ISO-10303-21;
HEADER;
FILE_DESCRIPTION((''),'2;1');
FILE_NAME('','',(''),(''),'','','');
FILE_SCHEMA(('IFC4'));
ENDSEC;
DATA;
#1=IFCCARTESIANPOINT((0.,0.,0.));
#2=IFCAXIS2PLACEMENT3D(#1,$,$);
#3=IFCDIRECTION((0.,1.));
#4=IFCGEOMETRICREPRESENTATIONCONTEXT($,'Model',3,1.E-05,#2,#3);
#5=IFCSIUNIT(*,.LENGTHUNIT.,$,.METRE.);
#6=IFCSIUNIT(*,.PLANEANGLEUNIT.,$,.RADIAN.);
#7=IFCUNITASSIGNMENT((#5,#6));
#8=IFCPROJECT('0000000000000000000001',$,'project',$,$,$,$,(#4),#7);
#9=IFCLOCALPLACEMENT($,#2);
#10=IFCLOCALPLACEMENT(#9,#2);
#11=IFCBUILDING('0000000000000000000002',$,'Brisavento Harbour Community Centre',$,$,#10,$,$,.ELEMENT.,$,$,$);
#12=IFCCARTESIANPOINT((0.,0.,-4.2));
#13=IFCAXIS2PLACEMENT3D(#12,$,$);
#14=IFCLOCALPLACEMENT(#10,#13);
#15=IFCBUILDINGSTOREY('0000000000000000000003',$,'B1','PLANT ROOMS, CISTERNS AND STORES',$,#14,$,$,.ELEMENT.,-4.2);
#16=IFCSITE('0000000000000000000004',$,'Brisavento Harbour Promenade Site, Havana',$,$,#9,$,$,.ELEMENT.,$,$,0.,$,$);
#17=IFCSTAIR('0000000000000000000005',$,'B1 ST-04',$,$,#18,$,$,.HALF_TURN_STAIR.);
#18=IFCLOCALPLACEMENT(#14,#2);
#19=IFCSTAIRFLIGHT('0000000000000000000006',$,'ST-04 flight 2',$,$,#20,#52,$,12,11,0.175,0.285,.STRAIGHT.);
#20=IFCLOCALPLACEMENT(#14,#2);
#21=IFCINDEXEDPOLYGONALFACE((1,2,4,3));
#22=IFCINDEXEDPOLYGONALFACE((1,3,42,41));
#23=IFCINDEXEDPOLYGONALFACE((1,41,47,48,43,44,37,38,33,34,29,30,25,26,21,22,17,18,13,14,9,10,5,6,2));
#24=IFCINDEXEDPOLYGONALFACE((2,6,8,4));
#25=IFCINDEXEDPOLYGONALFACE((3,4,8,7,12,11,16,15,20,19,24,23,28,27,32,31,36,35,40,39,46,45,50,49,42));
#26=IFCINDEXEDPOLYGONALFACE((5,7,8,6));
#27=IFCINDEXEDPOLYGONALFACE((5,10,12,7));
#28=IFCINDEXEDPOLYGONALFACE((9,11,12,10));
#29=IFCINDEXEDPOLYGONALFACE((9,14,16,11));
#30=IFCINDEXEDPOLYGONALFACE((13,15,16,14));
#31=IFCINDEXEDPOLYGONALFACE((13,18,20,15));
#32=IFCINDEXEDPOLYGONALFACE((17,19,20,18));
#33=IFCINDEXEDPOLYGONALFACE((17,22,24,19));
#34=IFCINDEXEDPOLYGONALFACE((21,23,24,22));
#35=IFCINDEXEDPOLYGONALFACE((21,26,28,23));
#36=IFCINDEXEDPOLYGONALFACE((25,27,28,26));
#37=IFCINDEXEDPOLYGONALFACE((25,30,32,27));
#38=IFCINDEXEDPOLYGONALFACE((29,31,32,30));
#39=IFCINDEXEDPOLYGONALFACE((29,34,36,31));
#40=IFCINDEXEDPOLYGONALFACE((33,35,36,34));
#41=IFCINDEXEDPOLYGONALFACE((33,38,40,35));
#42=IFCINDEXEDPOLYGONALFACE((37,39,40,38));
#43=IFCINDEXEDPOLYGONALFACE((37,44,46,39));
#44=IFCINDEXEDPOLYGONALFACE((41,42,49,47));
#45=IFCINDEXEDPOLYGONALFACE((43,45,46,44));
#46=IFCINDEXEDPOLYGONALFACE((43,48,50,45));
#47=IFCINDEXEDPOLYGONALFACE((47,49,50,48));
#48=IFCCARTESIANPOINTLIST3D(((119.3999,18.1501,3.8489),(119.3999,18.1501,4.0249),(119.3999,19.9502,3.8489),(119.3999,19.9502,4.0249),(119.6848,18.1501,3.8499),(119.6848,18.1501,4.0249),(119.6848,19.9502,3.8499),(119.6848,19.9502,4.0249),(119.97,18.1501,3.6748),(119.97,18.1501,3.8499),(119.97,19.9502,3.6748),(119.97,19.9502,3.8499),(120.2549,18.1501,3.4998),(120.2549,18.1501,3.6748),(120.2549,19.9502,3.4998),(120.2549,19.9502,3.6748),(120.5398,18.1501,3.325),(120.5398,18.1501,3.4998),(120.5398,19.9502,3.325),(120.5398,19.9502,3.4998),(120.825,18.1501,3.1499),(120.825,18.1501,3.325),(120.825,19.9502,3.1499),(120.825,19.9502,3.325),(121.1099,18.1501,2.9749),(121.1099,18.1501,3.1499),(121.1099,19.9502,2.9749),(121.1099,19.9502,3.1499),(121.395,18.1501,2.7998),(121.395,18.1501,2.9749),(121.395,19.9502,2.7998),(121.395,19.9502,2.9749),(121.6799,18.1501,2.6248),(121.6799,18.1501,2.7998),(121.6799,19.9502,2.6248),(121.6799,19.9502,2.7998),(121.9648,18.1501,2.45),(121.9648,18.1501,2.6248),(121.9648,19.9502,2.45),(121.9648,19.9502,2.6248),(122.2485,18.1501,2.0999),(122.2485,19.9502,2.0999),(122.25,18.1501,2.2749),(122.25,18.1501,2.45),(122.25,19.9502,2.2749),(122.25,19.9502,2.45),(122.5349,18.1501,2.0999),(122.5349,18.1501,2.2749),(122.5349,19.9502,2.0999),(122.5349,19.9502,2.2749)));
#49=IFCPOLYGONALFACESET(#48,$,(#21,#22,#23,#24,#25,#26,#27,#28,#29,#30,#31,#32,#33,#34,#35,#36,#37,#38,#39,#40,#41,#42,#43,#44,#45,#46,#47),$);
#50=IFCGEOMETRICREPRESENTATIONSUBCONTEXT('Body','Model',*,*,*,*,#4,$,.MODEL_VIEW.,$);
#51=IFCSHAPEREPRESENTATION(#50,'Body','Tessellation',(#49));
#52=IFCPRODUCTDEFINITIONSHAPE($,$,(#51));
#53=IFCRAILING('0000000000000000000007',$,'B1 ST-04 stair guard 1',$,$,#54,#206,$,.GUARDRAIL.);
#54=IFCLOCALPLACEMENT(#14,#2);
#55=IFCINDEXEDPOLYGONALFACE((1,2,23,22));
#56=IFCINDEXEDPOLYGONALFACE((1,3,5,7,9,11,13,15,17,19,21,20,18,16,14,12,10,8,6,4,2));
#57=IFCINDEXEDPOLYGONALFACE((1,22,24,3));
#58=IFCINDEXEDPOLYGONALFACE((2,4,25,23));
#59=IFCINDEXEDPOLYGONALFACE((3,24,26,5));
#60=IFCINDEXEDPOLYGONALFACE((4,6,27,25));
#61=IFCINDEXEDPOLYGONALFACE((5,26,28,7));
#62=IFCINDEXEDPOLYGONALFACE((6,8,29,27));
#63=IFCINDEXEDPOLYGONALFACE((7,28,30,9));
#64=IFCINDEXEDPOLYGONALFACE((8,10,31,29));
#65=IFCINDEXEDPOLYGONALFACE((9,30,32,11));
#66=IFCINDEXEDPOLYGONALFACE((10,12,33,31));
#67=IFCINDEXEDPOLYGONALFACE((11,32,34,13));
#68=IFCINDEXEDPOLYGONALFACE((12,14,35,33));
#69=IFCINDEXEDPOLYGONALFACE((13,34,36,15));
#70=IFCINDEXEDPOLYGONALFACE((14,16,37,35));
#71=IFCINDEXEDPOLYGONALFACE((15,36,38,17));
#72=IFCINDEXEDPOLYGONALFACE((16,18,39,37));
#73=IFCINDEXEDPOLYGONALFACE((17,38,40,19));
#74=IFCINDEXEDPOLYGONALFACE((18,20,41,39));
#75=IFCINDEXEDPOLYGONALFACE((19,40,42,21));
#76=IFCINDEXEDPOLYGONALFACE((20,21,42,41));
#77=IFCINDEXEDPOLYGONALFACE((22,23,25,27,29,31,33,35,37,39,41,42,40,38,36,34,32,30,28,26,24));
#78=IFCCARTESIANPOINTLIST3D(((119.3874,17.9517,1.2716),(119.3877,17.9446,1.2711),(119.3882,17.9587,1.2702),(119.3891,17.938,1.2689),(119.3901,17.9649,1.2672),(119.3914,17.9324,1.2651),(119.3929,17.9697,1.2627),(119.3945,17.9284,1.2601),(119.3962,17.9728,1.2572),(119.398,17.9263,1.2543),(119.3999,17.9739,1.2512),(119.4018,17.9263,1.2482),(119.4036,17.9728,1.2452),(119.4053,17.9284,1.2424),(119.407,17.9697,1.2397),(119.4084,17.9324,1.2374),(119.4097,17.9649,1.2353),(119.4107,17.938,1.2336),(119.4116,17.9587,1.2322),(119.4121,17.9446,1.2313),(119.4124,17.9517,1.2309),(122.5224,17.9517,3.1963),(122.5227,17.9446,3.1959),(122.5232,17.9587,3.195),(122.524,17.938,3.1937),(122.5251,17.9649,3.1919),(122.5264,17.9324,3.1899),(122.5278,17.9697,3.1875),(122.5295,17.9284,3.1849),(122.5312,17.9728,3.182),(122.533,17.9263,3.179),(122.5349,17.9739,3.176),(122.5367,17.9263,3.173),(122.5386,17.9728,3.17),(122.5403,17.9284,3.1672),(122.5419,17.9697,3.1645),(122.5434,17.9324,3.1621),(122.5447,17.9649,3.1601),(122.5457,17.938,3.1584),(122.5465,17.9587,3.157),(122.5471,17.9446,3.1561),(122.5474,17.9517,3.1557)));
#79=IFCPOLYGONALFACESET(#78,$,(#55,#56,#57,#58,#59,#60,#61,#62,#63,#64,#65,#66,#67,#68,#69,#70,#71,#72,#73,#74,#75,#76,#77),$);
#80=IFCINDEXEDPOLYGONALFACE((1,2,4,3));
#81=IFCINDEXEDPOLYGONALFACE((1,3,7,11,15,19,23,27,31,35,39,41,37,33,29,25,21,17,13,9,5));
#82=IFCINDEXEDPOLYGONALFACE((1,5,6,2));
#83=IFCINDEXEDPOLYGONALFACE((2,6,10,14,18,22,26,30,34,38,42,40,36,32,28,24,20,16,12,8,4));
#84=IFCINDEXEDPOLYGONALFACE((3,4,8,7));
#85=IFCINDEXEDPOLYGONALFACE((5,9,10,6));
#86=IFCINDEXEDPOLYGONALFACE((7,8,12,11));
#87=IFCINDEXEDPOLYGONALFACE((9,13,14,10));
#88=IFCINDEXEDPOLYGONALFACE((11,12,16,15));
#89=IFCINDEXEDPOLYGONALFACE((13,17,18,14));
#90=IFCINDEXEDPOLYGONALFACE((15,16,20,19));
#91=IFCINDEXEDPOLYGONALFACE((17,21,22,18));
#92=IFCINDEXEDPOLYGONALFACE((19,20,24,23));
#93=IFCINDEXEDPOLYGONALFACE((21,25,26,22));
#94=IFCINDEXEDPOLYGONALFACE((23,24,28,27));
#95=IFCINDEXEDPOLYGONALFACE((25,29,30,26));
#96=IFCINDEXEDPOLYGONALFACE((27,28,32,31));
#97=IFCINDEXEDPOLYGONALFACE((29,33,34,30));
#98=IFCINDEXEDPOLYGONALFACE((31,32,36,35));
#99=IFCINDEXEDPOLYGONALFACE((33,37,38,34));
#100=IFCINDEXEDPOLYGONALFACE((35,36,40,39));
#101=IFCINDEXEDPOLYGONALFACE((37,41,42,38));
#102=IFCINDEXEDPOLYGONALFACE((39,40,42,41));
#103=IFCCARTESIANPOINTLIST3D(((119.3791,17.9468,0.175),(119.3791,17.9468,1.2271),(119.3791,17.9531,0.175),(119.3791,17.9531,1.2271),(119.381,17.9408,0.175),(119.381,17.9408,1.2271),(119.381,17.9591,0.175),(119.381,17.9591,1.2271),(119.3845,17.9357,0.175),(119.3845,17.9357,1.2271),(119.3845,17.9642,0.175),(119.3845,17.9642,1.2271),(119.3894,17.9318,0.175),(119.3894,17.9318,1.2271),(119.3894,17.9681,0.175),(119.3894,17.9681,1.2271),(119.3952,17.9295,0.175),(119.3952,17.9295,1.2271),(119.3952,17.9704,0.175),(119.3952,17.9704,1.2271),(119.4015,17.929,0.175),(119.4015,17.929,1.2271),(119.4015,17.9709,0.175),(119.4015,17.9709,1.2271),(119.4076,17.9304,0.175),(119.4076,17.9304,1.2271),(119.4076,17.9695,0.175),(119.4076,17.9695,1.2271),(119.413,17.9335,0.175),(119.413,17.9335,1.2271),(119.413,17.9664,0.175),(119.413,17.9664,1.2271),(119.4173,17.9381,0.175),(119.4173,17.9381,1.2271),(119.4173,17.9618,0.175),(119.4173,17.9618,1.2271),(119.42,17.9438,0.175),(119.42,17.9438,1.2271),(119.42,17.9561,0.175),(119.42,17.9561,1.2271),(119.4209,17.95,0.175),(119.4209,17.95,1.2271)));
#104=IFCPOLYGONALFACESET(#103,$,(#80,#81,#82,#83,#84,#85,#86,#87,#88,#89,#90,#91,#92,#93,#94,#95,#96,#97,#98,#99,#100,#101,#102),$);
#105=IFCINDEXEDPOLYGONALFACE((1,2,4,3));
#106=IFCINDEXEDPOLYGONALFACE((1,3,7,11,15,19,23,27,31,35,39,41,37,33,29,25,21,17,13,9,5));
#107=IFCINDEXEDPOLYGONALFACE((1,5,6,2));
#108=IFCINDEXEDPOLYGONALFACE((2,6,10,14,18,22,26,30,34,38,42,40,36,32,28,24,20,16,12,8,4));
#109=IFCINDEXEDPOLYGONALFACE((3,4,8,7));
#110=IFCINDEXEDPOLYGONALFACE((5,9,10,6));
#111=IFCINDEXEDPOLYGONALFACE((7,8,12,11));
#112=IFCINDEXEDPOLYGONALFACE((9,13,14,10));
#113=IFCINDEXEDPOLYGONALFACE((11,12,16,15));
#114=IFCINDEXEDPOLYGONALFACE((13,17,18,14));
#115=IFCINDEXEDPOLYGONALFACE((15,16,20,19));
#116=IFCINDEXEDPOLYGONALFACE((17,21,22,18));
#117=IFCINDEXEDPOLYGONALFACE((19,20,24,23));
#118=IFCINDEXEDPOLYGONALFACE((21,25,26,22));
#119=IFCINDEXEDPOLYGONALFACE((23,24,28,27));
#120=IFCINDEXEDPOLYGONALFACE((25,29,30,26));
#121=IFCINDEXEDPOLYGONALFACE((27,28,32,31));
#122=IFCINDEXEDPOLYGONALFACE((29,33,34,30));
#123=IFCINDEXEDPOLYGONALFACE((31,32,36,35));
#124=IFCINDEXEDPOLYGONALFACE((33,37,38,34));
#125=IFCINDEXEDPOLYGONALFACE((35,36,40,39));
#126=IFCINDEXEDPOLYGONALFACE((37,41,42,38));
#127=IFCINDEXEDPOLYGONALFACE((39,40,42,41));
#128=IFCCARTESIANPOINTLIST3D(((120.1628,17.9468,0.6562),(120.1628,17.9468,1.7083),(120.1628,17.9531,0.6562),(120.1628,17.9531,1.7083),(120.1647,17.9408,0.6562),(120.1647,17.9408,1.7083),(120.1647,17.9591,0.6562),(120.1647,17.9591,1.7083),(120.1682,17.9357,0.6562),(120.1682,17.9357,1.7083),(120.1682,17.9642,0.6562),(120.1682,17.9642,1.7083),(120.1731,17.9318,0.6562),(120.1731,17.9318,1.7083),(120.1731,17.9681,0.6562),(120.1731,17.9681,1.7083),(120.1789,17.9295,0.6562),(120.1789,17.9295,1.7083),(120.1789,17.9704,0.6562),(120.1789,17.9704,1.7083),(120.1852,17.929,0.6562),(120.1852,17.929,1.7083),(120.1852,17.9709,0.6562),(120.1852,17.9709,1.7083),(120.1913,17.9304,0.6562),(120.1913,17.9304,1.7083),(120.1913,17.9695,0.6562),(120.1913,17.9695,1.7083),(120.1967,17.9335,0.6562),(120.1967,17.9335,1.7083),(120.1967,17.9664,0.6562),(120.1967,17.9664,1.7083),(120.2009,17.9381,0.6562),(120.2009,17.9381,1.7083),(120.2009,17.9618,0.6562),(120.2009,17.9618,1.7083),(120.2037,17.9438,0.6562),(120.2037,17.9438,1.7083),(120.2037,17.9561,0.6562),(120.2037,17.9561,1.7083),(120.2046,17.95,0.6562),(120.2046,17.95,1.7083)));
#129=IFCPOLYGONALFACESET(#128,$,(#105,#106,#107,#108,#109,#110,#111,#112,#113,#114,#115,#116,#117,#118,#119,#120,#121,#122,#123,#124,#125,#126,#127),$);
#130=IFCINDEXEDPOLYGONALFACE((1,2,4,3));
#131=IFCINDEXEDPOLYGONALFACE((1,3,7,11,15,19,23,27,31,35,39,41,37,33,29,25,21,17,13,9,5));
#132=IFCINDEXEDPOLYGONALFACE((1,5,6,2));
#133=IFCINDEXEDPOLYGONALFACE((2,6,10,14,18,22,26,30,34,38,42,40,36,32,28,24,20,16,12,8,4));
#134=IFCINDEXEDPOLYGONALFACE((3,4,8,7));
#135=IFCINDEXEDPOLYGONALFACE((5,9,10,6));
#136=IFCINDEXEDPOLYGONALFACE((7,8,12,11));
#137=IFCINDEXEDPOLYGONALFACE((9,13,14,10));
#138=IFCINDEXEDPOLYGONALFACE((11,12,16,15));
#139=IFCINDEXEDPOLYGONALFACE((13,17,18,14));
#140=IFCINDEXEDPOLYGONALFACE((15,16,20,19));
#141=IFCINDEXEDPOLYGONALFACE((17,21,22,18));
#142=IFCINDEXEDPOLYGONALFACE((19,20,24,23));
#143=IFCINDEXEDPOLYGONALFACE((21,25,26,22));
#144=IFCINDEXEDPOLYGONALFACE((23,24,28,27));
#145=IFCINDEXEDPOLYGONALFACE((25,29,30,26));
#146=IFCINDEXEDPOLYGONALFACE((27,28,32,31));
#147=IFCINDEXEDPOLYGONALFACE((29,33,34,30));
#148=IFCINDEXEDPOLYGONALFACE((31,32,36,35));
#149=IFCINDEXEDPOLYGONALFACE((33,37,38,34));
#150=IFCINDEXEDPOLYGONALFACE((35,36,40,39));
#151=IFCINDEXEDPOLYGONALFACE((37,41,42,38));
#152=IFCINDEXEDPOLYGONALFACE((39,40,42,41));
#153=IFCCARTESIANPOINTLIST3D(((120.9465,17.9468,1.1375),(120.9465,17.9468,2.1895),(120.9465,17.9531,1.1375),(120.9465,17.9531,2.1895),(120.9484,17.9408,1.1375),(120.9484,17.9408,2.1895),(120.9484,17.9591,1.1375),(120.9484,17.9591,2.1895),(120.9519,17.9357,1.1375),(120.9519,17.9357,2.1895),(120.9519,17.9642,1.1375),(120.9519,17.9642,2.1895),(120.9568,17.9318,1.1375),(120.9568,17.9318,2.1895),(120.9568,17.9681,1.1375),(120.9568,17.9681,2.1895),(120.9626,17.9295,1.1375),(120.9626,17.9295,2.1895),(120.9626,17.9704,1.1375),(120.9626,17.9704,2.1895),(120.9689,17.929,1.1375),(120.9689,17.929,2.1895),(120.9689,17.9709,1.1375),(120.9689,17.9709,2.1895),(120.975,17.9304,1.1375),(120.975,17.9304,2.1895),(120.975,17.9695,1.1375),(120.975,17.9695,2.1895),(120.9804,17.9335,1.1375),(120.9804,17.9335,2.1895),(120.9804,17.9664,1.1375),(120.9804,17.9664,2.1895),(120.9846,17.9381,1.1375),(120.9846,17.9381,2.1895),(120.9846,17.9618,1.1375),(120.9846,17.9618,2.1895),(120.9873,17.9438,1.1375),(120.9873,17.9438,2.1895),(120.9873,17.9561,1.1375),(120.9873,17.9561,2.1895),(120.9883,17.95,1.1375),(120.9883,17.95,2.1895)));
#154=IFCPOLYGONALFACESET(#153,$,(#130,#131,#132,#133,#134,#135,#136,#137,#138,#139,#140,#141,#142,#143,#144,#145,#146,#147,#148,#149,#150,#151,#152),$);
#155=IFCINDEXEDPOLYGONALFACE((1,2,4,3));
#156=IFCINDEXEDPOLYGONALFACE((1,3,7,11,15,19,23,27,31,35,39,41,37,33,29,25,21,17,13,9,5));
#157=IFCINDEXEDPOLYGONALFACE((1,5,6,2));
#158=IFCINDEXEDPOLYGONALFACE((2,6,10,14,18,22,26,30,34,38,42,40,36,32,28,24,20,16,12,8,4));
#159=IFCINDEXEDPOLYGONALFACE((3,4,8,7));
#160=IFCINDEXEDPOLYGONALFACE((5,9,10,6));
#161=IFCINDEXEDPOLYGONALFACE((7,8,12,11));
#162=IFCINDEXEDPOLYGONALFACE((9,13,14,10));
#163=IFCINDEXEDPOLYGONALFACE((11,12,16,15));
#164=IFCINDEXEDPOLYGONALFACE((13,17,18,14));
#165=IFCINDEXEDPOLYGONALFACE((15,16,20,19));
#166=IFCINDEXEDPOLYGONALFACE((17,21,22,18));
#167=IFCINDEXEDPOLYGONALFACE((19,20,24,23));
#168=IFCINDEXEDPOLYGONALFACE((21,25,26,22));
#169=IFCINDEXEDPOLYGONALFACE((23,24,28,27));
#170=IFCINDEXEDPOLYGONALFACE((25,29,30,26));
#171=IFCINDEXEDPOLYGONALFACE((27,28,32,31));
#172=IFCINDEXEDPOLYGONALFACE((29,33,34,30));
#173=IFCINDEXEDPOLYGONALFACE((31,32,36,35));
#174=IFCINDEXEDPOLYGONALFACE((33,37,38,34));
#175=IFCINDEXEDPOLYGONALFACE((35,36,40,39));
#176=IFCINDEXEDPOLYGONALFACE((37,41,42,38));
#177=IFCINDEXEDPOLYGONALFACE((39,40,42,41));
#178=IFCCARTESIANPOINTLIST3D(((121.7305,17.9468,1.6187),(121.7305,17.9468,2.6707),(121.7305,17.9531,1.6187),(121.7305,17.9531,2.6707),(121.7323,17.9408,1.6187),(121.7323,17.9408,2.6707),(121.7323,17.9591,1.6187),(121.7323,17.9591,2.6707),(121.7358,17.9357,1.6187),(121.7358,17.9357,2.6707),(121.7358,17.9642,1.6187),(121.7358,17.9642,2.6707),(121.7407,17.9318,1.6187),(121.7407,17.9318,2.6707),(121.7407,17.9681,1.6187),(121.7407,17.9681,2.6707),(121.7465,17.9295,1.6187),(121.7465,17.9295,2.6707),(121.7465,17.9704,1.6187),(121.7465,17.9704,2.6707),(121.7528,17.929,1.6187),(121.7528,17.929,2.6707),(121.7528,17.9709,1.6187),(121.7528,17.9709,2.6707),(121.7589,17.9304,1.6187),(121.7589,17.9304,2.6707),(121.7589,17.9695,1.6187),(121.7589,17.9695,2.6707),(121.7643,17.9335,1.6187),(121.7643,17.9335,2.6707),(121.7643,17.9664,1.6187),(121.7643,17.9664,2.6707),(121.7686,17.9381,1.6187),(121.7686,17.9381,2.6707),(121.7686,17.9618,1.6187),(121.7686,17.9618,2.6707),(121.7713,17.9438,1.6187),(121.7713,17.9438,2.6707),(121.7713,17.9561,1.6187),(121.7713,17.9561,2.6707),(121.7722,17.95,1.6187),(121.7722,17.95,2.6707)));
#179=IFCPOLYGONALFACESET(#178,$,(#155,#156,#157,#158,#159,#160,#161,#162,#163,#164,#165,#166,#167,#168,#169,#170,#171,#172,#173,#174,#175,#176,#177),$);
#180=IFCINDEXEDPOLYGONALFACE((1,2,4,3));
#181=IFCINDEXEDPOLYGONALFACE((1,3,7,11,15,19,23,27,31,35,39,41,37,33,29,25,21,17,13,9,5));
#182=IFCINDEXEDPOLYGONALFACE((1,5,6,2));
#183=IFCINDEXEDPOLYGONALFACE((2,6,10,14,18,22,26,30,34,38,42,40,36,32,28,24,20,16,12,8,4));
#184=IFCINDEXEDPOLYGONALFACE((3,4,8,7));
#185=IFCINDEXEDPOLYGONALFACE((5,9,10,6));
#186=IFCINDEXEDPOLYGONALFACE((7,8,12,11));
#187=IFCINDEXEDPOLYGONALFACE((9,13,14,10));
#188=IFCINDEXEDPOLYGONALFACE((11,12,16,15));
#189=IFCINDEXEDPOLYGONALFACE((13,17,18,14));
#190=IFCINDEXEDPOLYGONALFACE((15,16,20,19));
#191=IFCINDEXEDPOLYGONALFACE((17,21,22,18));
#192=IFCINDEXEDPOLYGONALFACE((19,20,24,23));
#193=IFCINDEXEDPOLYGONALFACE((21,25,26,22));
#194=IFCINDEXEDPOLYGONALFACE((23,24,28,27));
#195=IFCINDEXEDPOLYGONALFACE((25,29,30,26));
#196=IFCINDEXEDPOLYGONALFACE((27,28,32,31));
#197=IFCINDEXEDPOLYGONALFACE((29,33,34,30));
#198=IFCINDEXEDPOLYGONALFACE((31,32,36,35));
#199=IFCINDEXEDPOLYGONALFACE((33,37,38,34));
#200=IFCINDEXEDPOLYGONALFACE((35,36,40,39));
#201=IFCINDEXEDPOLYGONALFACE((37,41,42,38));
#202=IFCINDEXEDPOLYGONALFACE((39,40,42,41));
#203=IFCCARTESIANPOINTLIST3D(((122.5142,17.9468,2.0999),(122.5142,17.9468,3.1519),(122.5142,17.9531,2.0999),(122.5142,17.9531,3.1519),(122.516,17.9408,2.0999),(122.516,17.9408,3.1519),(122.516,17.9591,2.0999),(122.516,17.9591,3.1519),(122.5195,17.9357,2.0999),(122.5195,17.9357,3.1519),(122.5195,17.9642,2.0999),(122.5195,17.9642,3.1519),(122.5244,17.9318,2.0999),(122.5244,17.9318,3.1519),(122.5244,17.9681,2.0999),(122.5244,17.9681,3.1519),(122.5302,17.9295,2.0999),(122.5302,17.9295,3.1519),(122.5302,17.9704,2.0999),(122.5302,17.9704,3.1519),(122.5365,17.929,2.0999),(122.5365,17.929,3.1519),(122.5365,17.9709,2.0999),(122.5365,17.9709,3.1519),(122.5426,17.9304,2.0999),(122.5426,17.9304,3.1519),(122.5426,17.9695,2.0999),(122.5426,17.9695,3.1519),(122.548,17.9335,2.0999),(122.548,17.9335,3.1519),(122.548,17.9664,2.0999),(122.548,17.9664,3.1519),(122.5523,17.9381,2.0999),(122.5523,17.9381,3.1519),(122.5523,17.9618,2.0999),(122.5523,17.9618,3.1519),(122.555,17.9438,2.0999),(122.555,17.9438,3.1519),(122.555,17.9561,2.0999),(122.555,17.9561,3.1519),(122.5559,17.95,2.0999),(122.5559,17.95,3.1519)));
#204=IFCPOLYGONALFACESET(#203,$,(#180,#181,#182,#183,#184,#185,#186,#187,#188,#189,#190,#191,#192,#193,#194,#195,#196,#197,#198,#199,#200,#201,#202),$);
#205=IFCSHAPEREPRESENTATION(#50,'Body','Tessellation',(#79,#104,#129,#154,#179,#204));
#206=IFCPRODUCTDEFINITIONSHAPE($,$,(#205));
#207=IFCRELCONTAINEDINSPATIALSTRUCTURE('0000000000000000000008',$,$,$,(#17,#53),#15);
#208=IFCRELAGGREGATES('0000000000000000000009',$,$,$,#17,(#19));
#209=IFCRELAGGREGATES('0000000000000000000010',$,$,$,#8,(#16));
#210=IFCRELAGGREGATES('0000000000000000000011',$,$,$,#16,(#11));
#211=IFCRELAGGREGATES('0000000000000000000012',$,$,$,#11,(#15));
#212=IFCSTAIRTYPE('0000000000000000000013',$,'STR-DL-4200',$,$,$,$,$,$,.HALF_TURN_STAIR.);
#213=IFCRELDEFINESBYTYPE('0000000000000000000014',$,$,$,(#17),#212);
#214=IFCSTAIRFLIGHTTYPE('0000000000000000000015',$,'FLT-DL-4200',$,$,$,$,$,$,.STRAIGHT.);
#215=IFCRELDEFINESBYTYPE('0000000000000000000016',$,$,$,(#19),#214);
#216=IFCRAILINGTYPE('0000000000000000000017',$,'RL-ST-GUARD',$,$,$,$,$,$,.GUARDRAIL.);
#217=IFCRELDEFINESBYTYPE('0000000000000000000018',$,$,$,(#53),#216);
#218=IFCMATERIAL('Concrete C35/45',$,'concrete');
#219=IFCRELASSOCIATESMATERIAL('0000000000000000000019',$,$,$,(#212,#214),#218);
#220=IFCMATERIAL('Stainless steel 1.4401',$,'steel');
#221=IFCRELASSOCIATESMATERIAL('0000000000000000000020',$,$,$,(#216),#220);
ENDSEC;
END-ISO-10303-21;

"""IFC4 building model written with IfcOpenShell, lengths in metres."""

from ifc_helpers import new_model, si_unit, direction, frame, origin, origin_2d, place, context, subcontext, project, spatial, polyline, circle, outline, extrude, material, type_object, element, aggregate, save


model = new_model("IFC4")

# Units and contexts
model_context = context("Model", 3, precision=1e-05, world=origin(), true_north=direction((0.0, 1.0)))
body_context = subcontext(model_context, "Body", "Model", "MODEL_VIEW")
ifc_project = project(units=[si_unit("LENGTHUNIT", "METRE"), si_unit("PLANEANGLEUNIT", "RADIAN")], contexts=[model_context])

# Site, building, storey
site_placement = place(None, origin())
site = spatial("IfcSite", under=ifc_project, at=site_placement, Name="Brisavento Harbour Promenade Site, Havana", CompositionType="ELEMENT", RefElevation=0.0)
building_placement = place(site_placement, origin())
building = spatial("IfcBuilding", under=site, at=building_placement, Name="Brisavento Harbour Community Centre", CompositionType="ELEMENT")
storey_placement = place(building_placement, frame((0.0, 0.0, -4.2)))
storey = spatial("IfcBuildingStorey", under=building, at=storey_placement, Name="B1", Description="PLANT ROOMS, CISTERNS AND STORES", CompositionType="ELEMENT", Elevation=-4.2)

# Shared definitions
ifc_material_1 = material(Name="Concrete C35/45", Category="concrete")

# Shared definitions
ifc_material_2 = material(Name="Stainless steel 1.4401", Category="steel")

# Stair, stair flight
stair_type = type_object("IfcStairType", Name="STR-DL-4200", PredefinedType="HALF_TURN_STAIR", material=ifc_material_1)
stair_placement = place(storey_placement, origin())
stair = element("IfcStair", 1, at=stair_placement, inside=storey, type_object=stair_type, Name="B1 ST-04", PredefinedType="HALF_TURN_STAIR")
stair_flight_type = type_object("IfcStairFlightType", Name="FLT-DL-4200", PredefinedType="STRAIGHT", material=ifc_material_1)
stair_flight_1_placement = place(storey_placement, frame((122.5349, 19.05, 2.0999), z_axis=(0.0, 0.0, 1.0), x_axis=(-1.0, 0.0, 0.0)))
stair_flight_1 = element("IfcStairFlight", 2, at=stair_flight_1_placement, type_object=stair_flight_type, Name="ST-04 flight 2", NumberOfRisers=12, NumberOfTreads=11, PredefinedType="STRAIGHT", RiserHeight=0.175, TreadLength=0.285, context=body_context, shape_type="SweptSolid", body=[
    extrude(outline(polyline([(0.0, 0.0), (0.0, 0.175), (0.2849, 0.175), (0.2849, 0.3501), (0.5701, 0.3501), (0.5701, 0.5249), (0.855, 0.5249), (0.855, 0.7), (1.1399, 0.7), (1.1399, 0.875), (1.425, 0.875), (1.425, 1.05), (1.71, 1.05), (1.71, 1.2251), (1.9951, 1.2251), (1.9951, 1.3999), (2.28, 1.3999), (2.28, 1.575), (2.5649, 1.575), (2.5649, 1.75), (2.8501, 1.75), (2.8501, 1.925), (3.135, 1.925), (3.135, 2.1001), (3.135, 1.749), (0.2864, 0.0), (0.0, 0.0)])), frame((0.0, 0.8999, 0.0), z_axis=(0.0, -1.0, 0.0), x_axis=(1.0, 0.0, 0.0)), (0.0, 0.0, 1.0), 1.8),
])
aggregate(stair, [stair_flight_1])

# Railing
railing_type_1 = type_object("IfcRailingType", Name="RL-ST-GUARD", PredefinedType="GUARDRAIL", material=ifc_material_2)
railing_1_placement = place(storey_placement, frame((119.3999, 17.95, 0.175)))
element("IfcRailing", 3, at=railing_1_placement, inside=storey, type_object=railing_type_1, Name="B1 ST-04 stair guard 1", PredefinedType="GUARDRAIL", context=body_context, shape_type="SweptSolid", body=[
    extrude(circle(Radius=0.0239, at=origin_2d()), frame((0.0, 0.0, 1.0762), z_axis=(0.852196, 0.0, 0.523223), x_axis=(0.0, 1.0, 0.0)), (0.0, 0.0, 1.0), 3.6787),
    extrude(circle(Radius=0.021, at=origin_2d()), origin(), (0.0, 0.0, 1.0), 1.052),
    extrude(circle(Radius=0.021, at=origin_2d()), frame((0.7837, 0.0, 0.4812)), (0.0, 0.0, 1.0), 1.052),
    extrude(circle(Radius=0.021, at=origin_2d()), frame((1.5674, 0.0, 0.9624)), (0.0, 0.0, 1.0), 1.052),
    extrude(circle(Radius=0.021, at=origin_2d()), frame((2.3513, 0.0, 1.4436)), (0.0, 0.0, 1.0), 1.052),
    extrude(circle(Radius=0.021, at=origin_2d()), frame((3.135, 0.0, 1.9248)), (0.0, 0.0, 1.0), 1.052),
])

save(model, "model.ifc")
